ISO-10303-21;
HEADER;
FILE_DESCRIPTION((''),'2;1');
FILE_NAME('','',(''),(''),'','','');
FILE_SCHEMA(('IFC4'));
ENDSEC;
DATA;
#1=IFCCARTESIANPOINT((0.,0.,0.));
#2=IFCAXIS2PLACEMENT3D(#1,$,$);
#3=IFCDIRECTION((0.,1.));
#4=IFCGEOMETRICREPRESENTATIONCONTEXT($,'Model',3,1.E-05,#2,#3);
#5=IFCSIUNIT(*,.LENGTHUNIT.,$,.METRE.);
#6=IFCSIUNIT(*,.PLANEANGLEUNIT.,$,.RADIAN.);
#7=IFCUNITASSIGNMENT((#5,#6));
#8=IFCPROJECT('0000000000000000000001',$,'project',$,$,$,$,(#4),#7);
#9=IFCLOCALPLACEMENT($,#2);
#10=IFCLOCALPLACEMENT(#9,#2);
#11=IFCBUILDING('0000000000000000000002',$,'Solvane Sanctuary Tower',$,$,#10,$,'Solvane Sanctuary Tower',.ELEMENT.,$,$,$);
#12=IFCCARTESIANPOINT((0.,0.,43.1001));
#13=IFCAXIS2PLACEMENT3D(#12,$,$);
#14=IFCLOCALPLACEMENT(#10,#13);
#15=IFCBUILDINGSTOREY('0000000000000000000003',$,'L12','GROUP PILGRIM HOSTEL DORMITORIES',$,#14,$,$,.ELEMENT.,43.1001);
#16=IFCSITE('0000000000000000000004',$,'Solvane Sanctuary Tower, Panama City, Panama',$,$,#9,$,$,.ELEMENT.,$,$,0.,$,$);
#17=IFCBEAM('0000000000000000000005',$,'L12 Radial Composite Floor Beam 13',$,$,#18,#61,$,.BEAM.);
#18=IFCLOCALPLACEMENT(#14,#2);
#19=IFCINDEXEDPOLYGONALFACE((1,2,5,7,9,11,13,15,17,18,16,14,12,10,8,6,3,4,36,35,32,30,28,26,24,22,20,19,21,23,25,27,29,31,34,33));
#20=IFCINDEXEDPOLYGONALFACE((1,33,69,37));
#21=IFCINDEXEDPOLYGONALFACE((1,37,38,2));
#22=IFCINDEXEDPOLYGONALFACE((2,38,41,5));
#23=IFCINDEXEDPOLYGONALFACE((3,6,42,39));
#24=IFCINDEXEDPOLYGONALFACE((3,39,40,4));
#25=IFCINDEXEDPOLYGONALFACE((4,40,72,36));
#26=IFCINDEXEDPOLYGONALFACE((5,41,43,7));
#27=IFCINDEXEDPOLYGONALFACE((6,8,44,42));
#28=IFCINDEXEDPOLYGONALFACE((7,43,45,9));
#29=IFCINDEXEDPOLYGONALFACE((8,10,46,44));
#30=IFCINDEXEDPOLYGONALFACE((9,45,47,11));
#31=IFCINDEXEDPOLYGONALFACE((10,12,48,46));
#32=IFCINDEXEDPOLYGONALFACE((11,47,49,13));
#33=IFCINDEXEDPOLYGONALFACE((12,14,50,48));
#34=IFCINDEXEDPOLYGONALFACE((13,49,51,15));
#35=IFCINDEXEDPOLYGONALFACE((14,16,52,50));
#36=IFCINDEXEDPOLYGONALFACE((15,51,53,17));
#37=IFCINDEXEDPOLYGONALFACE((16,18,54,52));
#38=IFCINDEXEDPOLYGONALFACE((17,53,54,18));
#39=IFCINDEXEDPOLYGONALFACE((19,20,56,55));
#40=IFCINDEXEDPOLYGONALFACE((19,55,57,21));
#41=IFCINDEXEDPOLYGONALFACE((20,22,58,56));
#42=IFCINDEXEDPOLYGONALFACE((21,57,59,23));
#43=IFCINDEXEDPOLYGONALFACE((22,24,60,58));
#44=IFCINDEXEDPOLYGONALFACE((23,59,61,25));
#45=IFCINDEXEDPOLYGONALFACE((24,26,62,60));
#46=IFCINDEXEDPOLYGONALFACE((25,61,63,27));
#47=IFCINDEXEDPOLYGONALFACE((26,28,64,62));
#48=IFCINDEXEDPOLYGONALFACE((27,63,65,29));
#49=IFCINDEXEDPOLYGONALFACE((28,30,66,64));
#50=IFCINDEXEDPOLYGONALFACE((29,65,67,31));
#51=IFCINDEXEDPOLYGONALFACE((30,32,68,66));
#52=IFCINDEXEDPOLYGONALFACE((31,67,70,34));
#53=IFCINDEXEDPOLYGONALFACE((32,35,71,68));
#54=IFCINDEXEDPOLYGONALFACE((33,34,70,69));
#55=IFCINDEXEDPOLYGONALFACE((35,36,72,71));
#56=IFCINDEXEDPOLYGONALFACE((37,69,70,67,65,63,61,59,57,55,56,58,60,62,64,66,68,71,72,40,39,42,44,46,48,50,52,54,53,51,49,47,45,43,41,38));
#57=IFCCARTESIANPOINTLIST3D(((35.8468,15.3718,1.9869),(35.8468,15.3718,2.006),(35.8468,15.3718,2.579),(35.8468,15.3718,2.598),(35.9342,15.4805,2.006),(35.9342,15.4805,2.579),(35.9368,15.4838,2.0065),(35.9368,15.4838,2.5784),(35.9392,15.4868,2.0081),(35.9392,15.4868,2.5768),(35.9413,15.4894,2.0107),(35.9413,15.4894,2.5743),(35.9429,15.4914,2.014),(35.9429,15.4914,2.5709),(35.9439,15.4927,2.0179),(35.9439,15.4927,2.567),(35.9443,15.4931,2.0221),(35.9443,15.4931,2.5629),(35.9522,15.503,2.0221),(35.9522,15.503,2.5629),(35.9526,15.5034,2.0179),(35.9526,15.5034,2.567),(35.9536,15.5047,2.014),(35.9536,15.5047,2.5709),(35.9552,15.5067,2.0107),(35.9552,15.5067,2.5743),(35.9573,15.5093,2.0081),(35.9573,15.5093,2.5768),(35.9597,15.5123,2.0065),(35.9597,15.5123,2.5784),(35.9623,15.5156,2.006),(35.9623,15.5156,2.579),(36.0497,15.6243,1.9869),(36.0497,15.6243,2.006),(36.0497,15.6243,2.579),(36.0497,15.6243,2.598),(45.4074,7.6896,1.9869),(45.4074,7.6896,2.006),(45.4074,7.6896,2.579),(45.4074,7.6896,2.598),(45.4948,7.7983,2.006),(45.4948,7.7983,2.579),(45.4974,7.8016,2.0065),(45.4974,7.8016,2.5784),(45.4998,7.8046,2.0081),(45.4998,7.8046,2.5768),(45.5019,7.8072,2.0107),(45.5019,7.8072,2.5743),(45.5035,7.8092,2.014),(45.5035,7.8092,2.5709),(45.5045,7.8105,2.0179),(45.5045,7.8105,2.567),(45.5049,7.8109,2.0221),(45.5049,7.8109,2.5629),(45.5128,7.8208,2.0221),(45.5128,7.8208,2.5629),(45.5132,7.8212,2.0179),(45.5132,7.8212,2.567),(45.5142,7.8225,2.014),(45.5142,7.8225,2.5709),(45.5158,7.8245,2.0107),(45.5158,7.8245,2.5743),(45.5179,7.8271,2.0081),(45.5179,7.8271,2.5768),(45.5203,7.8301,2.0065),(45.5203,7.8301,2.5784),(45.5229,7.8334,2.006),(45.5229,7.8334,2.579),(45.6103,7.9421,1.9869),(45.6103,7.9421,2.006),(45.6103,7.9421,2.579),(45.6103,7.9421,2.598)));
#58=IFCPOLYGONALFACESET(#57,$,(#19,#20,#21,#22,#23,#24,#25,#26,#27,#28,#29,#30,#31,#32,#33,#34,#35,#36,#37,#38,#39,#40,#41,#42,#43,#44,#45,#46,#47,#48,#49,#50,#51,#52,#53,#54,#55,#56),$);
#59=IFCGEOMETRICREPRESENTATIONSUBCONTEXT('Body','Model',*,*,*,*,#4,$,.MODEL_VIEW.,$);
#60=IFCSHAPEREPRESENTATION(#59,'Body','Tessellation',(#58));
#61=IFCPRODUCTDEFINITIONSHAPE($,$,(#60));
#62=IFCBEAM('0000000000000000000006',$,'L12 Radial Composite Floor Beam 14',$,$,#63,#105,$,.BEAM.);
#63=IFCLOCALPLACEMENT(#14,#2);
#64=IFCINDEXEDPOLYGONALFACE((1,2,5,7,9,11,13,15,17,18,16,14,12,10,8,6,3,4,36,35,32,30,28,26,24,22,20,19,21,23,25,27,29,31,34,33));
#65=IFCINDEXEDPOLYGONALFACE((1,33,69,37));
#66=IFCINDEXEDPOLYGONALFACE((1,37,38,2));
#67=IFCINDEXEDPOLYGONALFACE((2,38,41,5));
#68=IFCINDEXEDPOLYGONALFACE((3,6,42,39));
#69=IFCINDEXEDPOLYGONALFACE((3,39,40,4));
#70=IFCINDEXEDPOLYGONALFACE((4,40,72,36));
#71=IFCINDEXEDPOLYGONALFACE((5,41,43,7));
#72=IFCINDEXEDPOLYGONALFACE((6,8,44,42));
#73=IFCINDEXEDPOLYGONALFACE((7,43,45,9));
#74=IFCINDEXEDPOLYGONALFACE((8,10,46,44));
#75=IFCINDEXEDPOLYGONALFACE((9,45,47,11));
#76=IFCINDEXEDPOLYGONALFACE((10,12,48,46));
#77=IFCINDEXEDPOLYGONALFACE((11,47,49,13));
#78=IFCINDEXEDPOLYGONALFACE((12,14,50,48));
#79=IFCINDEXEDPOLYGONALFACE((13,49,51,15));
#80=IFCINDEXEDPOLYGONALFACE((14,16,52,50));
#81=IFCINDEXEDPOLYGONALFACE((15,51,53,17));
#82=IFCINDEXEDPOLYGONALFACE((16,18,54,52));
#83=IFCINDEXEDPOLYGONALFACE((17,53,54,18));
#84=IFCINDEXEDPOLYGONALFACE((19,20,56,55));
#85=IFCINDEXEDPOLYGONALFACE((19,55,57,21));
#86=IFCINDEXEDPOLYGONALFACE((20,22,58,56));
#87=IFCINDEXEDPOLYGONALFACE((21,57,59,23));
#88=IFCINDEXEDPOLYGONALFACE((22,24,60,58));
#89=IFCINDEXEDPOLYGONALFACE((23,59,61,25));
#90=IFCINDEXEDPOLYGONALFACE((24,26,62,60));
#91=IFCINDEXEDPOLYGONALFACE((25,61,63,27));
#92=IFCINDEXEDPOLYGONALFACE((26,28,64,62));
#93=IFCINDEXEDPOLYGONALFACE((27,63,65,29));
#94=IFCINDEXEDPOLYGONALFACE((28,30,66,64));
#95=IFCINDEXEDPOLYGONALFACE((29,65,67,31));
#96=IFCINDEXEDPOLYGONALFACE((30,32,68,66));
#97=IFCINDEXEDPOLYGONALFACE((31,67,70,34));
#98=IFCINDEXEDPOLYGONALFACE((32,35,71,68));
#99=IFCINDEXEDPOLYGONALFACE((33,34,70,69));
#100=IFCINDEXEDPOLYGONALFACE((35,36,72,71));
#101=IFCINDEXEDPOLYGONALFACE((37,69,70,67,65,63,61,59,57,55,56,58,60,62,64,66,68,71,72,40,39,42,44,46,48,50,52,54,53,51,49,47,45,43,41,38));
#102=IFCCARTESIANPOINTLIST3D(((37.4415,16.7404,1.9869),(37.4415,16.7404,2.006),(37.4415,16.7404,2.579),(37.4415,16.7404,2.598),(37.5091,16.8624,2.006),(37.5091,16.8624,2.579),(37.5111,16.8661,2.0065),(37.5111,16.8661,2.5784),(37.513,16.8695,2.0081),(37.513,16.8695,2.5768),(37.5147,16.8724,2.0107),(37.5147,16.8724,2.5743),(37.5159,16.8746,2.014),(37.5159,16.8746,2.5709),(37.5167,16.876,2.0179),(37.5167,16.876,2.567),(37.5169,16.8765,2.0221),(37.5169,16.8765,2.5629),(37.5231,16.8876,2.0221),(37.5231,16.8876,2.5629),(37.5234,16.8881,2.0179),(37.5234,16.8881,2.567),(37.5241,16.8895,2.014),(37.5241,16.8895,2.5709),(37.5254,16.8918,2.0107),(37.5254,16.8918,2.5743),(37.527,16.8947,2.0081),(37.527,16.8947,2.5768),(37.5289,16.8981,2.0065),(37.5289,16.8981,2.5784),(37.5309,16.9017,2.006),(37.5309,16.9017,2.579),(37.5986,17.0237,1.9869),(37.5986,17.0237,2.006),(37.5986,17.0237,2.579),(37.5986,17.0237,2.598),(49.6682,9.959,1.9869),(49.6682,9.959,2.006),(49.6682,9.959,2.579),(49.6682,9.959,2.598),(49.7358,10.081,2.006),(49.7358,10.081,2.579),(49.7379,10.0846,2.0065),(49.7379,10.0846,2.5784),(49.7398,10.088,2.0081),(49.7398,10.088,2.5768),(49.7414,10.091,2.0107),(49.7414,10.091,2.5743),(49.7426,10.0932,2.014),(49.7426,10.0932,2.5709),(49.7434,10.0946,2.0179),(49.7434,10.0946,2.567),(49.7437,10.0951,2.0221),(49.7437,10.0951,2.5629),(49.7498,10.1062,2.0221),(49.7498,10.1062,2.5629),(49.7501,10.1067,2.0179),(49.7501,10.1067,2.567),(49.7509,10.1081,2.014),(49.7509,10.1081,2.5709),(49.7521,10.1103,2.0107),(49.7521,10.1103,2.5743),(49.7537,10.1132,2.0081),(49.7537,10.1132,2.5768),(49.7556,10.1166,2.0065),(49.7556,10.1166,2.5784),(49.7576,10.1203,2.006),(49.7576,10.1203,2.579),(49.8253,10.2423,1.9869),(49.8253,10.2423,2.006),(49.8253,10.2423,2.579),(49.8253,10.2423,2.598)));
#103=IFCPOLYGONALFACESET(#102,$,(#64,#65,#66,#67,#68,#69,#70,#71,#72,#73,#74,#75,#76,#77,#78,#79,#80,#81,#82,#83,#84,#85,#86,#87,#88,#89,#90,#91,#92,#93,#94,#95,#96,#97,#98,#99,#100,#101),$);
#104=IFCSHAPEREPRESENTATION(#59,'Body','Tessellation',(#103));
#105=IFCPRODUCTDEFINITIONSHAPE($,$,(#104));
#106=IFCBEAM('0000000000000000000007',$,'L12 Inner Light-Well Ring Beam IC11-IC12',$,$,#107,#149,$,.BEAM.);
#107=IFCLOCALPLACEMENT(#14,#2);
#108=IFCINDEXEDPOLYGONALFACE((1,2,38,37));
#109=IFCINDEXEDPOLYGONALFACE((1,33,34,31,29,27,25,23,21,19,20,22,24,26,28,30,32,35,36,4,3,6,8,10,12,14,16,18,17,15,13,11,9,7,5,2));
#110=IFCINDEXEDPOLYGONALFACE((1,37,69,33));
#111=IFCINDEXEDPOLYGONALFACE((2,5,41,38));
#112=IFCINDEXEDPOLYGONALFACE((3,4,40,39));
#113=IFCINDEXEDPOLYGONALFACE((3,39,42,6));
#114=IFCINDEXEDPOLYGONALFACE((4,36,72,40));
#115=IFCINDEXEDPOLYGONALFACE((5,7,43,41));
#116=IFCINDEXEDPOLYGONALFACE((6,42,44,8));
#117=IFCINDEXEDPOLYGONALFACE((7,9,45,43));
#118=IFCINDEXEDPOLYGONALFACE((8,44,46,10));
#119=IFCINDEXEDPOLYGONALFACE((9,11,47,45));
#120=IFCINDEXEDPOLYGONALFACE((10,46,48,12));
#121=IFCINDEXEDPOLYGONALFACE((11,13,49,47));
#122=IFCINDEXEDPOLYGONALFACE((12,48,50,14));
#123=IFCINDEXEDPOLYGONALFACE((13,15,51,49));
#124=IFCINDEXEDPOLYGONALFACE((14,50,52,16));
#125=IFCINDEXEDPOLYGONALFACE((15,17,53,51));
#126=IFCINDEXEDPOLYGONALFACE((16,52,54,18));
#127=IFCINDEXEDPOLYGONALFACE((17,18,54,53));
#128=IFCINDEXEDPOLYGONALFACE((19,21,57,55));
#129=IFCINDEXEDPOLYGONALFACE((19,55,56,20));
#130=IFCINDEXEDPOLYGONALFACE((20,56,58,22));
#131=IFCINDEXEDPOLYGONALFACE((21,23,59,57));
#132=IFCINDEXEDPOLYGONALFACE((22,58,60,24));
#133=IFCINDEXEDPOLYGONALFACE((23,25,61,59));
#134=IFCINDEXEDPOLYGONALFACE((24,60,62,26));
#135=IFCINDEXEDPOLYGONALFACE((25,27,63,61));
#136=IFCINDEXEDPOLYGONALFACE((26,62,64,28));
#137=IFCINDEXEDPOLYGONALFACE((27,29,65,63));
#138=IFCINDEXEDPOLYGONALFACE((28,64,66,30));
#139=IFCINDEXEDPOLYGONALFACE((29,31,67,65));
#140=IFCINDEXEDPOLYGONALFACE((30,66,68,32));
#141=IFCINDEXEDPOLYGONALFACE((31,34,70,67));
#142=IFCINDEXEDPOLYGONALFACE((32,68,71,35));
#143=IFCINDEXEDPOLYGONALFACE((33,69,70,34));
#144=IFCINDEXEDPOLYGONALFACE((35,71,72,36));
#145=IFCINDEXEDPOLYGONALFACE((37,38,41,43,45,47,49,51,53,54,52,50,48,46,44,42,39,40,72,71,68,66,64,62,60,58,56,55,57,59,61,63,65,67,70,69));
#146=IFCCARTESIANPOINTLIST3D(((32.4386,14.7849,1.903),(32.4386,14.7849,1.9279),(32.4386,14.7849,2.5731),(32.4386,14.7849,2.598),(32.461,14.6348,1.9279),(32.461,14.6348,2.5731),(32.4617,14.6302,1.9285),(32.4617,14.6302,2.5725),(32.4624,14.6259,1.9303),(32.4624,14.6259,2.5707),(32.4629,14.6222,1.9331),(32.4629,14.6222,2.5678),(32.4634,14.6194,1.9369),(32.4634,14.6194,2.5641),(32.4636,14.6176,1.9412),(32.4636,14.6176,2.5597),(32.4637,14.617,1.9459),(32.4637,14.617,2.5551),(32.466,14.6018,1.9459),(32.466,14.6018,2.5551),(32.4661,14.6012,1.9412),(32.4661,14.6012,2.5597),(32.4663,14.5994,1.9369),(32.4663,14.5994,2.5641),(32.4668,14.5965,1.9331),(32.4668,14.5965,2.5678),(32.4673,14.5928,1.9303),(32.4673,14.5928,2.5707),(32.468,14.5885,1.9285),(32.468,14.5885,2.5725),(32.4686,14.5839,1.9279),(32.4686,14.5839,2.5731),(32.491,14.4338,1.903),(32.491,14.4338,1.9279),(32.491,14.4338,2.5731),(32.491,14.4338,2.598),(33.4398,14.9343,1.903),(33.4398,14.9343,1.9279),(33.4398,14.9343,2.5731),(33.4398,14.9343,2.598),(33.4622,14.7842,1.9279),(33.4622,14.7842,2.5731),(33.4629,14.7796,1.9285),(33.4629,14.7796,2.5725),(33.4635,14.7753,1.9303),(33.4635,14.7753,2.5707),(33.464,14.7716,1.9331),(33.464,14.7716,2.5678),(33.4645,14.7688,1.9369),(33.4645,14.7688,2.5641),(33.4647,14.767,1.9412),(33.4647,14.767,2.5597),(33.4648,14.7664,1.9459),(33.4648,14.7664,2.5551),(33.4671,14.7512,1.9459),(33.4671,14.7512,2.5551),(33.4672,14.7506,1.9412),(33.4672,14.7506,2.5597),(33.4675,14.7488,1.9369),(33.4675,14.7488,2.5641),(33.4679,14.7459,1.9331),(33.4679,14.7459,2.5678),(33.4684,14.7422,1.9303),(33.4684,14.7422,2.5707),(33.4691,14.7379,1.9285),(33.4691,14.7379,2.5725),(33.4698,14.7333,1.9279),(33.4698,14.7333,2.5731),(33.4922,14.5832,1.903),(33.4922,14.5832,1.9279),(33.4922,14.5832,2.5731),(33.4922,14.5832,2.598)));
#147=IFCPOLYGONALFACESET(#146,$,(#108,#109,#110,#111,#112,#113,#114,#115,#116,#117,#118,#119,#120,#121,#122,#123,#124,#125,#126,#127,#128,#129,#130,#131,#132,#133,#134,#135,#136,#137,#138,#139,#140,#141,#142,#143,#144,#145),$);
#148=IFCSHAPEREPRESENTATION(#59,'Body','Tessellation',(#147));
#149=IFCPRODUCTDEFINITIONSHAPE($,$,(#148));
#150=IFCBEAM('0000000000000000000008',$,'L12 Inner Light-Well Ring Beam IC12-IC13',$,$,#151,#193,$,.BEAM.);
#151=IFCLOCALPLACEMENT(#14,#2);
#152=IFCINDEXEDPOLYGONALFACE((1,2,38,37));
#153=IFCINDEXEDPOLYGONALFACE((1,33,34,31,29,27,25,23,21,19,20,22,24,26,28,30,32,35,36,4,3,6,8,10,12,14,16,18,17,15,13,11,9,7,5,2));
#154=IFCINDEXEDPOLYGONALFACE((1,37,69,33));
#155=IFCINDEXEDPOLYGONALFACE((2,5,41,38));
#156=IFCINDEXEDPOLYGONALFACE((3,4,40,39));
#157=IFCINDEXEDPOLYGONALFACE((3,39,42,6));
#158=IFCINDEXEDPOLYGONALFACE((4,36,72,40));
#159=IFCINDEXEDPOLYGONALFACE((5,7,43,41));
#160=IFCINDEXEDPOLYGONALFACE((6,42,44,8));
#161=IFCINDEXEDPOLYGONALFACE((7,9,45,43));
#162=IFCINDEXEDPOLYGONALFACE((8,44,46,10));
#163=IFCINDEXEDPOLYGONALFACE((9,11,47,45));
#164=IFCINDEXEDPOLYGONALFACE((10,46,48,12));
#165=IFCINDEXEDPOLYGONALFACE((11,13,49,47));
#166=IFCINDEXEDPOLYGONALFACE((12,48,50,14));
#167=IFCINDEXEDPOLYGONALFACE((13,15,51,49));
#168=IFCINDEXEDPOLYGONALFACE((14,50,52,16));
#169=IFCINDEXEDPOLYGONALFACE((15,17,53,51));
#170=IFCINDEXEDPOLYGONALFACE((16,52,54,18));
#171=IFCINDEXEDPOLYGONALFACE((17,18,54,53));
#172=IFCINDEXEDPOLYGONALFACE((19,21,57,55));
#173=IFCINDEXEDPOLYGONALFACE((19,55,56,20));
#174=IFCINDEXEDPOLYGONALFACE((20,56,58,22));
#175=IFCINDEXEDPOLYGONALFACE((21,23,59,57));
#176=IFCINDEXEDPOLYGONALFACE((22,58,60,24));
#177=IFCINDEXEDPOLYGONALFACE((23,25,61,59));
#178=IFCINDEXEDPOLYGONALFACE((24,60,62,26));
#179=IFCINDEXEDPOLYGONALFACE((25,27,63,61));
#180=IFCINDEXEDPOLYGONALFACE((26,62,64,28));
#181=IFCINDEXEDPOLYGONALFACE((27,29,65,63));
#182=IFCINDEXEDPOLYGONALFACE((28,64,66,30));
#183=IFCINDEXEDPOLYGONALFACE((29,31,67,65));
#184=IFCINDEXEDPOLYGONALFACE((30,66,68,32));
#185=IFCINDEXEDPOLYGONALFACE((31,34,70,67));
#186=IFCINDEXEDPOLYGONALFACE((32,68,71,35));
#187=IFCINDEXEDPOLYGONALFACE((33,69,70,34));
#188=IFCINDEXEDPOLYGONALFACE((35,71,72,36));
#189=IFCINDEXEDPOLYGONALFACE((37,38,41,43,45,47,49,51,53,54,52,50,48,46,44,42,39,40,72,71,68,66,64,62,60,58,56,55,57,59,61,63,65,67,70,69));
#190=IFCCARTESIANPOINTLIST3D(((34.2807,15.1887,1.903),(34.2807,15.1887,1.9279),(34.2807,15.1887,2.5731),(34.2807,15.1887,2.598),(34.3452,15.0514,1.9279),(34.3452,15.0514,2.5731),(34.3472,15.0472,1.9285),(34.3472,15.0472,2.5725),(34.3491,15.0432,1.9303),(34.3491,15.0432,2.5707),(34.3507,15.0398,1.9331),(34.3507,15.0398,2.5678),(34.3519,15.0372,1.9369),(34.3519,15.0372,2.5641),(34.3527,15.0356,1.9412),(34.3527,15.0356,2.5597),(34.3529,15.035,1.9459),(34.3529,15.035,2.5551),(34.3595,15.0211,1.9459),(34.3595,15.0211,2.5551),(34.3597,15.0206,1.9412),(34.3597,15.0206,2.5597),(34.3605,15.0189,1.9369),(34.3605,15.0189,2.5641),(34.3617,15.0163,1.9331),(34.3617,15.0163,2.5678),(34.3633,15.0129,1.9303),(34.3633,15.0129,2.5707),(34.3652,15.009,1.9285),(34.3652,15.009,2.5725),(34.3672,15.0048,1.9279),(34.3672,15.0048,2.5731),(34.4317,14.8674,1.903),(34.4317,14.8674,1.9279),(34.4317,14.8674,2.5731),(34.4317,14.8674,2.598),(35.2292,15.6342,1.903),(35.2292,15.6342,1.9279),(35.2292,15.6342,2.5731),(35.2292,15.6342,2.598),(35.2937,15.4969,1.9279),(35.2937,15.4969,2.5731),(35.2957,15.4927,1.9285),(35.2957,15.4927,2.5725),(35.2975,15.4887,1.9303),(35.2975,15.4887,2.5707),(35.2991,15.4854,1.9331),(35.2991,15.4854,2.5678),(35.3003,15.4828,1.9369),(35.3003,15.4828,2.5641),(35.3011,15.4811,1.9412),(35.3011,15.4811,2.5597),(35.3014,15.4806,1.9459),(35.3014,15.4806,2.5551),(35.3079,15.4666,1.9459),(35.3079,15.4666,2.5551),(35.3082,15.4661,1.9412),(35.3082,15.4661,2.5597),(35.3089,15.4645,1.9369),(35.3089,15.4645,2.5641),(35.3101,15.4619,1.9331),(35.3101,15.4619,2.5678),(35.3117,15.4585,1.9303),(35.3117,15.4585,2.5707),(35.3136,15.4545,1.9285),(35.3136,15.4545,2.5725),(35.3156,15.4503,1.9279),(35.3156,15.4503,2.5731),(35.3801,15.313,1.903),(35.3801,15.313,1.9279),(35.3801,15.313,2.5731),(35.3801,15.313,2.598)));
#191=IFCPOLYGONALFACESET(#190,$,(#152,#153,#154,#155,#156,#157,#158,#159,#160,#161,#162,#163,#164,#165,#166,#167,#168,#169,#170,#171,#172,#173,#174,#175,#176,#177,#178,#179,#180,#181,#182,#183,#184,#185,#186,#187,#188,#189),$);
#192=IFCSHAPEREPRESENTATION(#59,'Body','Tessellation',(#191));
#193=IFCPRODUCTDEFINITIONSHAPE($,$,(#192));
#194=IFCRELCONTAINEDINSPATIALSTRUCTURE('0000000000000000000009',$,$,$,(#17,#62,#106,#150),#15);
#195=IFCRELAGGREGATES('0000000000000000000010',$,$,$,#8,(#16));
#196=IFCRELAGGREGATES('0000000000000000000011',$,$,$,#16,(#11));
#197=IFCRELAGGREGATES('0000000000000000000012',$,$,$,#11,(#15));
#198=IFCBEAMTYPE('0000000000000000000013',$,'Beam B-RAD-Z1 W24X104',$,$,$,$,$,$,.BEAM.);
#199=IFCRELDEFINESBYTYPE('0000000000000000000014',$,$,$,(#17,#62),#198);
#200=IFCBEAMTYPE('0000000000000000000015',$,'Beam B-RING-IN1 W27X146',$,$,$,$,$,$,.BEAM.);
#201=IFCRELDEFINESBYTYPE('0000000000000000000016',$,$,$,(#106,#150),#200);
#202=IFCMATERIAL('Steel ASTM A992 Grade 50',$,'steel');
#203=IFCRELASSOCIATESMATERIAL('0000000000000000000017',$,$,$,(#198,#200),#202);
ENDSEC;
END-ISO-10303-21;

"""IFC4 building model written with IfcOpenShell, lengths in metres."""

from ifc_helpers import new_model, si_unit, direction, frame, origin, origin_2d, place, context, subcontext, project, spatial, i_section, extrude, material, material_profile, profile_set, type_object, element, save


model = new_model("IFC4")

# Units and contexts
model_context = context("Model", 3, precision=1e-05, world=origin(), true_north=direction((0.0, 1.0)))
body_context = subcontext(model_context, "Body", "Model", "MODEL_VIEW")
ifc_project = project(units=[si_unit("LENGTHUNIT", "METRE"), si_unit("PLANEANGLEUNIT", "RADIAN")], contexts=[model_context])

# Site, building, storey
site_placement = place(None, origin())
site = spatial("IfcSite", under=ifc_project, at=site_placement, Name="Solvane Sanctuary Tower, Panama City, Panama", CompositionType="ELEMENT", RefElevation=0.0)
building_placement = place(site_placement, origin())
building = spatial("IfcBuilding", under=site, at=building_placement, Name="Solvane Sanctuary Tower", LongName="Solvane Sanctuary Tower", CompositionType="ELEMENT")
storey_placement = place(building_placement, frame((0.0, 0.0, 43.1001)))
storey = spatial("IfcBuildingStorey", under=building, at=storey_placement, Name="L12", Description="GROUP PILGRIM HOSTEL DORMITORIES", CompositionType="ELEMENT", Elevation=43.1001)

# Beams
ifc_material_1 = material(Name="Steel ASTM A992 Grade 50", Category="steel")
ifc_material_profile_1 = material_profile(ifc_material_1, i_section(OverallWidth=0.324, OverallDepth=0.6111, WebThickness=0.0127, FlangeThickness=0.019, FilletRadius=0.0161, at=origin_2d()), Name="W24X104")
ifc_profile_set_1 = profile_set([ifc_material_profile_1], Name="Steel ASTM A992 Grade 50")
beam_type_1 = type_object("IfcBeamType", Name="Beam B-RAD-Z1 W24X104", PredefinedType="BEAM", material=ifc_profile_set_1)
beam_1_placement = place(storey_placement, frame((35.9482, 15.498, 2.2925), z_axis=(0.779527, -0.626369, 0.0), x_axis=(0.626369, 0.779527, 0.0)))
element("IfcBeam", 1, at=beam_1_placement, inside=storey, type_object=beam_type_1, Name="L12 Radial Composite Floor Beam 13", PredefinedType="BEAM", context=body_context, shape_type="SweptSolid", body=[
    extrude(i_section(OverallWidth=0.324, OverallDepth=0.6111, WebThickness=0.0127, FlangeThickness=0.019, FilletRadius=0.0161, at=origin_2d()), origin(), (0.0, 0.0, 1.0), 12.2646),
])
beam_2_placement = place(storey_placement, frame((37.52, 16.8821, 2.2925), z_axis=(0.874496, -0.485032, 0.0), x_axis=(0.485032, 0.874496, 0.0)))
element("IfcBeam", 2, at=beam_2_placement, inside=storey, type_object=beam_type_1, Name="L12 Radial Composite Floor Beam 14", PredefinedType="BEAM", context=body_context, shape_type="SweptSolid", body=[
    extrude(i_section(OverallWidth=0.324, OverallDepth=0.6111, WebThickness=0.0127, FlangeThickness=0.019, FilletRadius=0.0161, at=origin_2d()), origin(), (0.0, 0.0, 1.0), 13.9814),
])
ifc_material_profile_2 = material_profile(ifc_material_1, i_section(OverallWidth=0.355, OverallDepth=0.6951, WebThickness=0.0154, FlangeThickness=0.0249, FilletRadius=0.0181, at=origin_2d()), Name="W27X146")
ifc_profile_set_2 = profile_set([ifc_material_profile_2], Name="Steel ASTM A992 Grade 50")
beam_type_2 = type_object("IfcBeamType", Name="Beam B-RING-IN1 W27X146", PredefinedType="BEAM", material=ifc_profile_set_2)
beam_3_placement = place(storey_placement, frame((32.4648, 14.6094, 2.2505), z_axis=(0.989048, 0.147597, 0.0), x_axis=(-0.147597, 0.989048, 0.0)))
element("IfcBeam", 3, at=beam_3_placement, inside=storey, type_object=beam_type_2, Name="L12 Inner Light-Well Ring Beam IC11-IC12", PredefinedType="BEAM", context=body_context, shape_type="SweptSolid", body=[
    extrude(i_section(OverallWidth=0.355, OverallDepth=0.6951, WebThickness=0.0154, FlangeThickness=0.0249, FilletRadius=0.0181, at=origin_2d()), origin(), (0.0, 0.0, 1.0), 1.0122),
])
beam_4_placement = place(storey_placement, frame((34.3562, 15.0281, 2.2505), z_axis=(0.905109, 0.42518, 0.0), x_axis=(-0.42518, 0.905109, 0.0)))
element("IfcBeam", 4, at=beam_4_placement, inside=storey, type_object=beam_type_2, Name="L12 Inner Light-Well Ring Beam IC12-IC13", PredefinedType="BEAM", context=body_context, shape_type="SweptSolid", body=[
    extrude(i_section(OverallWidth=0.355, OverallDepth=0.6951, WebThickness=0.0154, FlangeThickness=0.0249, FilletRadius=0.0181, at=origin_2d()), origin(), (0.0, 0.0, 1.0), 1.0479),
])

save(model, "model.ifc")
